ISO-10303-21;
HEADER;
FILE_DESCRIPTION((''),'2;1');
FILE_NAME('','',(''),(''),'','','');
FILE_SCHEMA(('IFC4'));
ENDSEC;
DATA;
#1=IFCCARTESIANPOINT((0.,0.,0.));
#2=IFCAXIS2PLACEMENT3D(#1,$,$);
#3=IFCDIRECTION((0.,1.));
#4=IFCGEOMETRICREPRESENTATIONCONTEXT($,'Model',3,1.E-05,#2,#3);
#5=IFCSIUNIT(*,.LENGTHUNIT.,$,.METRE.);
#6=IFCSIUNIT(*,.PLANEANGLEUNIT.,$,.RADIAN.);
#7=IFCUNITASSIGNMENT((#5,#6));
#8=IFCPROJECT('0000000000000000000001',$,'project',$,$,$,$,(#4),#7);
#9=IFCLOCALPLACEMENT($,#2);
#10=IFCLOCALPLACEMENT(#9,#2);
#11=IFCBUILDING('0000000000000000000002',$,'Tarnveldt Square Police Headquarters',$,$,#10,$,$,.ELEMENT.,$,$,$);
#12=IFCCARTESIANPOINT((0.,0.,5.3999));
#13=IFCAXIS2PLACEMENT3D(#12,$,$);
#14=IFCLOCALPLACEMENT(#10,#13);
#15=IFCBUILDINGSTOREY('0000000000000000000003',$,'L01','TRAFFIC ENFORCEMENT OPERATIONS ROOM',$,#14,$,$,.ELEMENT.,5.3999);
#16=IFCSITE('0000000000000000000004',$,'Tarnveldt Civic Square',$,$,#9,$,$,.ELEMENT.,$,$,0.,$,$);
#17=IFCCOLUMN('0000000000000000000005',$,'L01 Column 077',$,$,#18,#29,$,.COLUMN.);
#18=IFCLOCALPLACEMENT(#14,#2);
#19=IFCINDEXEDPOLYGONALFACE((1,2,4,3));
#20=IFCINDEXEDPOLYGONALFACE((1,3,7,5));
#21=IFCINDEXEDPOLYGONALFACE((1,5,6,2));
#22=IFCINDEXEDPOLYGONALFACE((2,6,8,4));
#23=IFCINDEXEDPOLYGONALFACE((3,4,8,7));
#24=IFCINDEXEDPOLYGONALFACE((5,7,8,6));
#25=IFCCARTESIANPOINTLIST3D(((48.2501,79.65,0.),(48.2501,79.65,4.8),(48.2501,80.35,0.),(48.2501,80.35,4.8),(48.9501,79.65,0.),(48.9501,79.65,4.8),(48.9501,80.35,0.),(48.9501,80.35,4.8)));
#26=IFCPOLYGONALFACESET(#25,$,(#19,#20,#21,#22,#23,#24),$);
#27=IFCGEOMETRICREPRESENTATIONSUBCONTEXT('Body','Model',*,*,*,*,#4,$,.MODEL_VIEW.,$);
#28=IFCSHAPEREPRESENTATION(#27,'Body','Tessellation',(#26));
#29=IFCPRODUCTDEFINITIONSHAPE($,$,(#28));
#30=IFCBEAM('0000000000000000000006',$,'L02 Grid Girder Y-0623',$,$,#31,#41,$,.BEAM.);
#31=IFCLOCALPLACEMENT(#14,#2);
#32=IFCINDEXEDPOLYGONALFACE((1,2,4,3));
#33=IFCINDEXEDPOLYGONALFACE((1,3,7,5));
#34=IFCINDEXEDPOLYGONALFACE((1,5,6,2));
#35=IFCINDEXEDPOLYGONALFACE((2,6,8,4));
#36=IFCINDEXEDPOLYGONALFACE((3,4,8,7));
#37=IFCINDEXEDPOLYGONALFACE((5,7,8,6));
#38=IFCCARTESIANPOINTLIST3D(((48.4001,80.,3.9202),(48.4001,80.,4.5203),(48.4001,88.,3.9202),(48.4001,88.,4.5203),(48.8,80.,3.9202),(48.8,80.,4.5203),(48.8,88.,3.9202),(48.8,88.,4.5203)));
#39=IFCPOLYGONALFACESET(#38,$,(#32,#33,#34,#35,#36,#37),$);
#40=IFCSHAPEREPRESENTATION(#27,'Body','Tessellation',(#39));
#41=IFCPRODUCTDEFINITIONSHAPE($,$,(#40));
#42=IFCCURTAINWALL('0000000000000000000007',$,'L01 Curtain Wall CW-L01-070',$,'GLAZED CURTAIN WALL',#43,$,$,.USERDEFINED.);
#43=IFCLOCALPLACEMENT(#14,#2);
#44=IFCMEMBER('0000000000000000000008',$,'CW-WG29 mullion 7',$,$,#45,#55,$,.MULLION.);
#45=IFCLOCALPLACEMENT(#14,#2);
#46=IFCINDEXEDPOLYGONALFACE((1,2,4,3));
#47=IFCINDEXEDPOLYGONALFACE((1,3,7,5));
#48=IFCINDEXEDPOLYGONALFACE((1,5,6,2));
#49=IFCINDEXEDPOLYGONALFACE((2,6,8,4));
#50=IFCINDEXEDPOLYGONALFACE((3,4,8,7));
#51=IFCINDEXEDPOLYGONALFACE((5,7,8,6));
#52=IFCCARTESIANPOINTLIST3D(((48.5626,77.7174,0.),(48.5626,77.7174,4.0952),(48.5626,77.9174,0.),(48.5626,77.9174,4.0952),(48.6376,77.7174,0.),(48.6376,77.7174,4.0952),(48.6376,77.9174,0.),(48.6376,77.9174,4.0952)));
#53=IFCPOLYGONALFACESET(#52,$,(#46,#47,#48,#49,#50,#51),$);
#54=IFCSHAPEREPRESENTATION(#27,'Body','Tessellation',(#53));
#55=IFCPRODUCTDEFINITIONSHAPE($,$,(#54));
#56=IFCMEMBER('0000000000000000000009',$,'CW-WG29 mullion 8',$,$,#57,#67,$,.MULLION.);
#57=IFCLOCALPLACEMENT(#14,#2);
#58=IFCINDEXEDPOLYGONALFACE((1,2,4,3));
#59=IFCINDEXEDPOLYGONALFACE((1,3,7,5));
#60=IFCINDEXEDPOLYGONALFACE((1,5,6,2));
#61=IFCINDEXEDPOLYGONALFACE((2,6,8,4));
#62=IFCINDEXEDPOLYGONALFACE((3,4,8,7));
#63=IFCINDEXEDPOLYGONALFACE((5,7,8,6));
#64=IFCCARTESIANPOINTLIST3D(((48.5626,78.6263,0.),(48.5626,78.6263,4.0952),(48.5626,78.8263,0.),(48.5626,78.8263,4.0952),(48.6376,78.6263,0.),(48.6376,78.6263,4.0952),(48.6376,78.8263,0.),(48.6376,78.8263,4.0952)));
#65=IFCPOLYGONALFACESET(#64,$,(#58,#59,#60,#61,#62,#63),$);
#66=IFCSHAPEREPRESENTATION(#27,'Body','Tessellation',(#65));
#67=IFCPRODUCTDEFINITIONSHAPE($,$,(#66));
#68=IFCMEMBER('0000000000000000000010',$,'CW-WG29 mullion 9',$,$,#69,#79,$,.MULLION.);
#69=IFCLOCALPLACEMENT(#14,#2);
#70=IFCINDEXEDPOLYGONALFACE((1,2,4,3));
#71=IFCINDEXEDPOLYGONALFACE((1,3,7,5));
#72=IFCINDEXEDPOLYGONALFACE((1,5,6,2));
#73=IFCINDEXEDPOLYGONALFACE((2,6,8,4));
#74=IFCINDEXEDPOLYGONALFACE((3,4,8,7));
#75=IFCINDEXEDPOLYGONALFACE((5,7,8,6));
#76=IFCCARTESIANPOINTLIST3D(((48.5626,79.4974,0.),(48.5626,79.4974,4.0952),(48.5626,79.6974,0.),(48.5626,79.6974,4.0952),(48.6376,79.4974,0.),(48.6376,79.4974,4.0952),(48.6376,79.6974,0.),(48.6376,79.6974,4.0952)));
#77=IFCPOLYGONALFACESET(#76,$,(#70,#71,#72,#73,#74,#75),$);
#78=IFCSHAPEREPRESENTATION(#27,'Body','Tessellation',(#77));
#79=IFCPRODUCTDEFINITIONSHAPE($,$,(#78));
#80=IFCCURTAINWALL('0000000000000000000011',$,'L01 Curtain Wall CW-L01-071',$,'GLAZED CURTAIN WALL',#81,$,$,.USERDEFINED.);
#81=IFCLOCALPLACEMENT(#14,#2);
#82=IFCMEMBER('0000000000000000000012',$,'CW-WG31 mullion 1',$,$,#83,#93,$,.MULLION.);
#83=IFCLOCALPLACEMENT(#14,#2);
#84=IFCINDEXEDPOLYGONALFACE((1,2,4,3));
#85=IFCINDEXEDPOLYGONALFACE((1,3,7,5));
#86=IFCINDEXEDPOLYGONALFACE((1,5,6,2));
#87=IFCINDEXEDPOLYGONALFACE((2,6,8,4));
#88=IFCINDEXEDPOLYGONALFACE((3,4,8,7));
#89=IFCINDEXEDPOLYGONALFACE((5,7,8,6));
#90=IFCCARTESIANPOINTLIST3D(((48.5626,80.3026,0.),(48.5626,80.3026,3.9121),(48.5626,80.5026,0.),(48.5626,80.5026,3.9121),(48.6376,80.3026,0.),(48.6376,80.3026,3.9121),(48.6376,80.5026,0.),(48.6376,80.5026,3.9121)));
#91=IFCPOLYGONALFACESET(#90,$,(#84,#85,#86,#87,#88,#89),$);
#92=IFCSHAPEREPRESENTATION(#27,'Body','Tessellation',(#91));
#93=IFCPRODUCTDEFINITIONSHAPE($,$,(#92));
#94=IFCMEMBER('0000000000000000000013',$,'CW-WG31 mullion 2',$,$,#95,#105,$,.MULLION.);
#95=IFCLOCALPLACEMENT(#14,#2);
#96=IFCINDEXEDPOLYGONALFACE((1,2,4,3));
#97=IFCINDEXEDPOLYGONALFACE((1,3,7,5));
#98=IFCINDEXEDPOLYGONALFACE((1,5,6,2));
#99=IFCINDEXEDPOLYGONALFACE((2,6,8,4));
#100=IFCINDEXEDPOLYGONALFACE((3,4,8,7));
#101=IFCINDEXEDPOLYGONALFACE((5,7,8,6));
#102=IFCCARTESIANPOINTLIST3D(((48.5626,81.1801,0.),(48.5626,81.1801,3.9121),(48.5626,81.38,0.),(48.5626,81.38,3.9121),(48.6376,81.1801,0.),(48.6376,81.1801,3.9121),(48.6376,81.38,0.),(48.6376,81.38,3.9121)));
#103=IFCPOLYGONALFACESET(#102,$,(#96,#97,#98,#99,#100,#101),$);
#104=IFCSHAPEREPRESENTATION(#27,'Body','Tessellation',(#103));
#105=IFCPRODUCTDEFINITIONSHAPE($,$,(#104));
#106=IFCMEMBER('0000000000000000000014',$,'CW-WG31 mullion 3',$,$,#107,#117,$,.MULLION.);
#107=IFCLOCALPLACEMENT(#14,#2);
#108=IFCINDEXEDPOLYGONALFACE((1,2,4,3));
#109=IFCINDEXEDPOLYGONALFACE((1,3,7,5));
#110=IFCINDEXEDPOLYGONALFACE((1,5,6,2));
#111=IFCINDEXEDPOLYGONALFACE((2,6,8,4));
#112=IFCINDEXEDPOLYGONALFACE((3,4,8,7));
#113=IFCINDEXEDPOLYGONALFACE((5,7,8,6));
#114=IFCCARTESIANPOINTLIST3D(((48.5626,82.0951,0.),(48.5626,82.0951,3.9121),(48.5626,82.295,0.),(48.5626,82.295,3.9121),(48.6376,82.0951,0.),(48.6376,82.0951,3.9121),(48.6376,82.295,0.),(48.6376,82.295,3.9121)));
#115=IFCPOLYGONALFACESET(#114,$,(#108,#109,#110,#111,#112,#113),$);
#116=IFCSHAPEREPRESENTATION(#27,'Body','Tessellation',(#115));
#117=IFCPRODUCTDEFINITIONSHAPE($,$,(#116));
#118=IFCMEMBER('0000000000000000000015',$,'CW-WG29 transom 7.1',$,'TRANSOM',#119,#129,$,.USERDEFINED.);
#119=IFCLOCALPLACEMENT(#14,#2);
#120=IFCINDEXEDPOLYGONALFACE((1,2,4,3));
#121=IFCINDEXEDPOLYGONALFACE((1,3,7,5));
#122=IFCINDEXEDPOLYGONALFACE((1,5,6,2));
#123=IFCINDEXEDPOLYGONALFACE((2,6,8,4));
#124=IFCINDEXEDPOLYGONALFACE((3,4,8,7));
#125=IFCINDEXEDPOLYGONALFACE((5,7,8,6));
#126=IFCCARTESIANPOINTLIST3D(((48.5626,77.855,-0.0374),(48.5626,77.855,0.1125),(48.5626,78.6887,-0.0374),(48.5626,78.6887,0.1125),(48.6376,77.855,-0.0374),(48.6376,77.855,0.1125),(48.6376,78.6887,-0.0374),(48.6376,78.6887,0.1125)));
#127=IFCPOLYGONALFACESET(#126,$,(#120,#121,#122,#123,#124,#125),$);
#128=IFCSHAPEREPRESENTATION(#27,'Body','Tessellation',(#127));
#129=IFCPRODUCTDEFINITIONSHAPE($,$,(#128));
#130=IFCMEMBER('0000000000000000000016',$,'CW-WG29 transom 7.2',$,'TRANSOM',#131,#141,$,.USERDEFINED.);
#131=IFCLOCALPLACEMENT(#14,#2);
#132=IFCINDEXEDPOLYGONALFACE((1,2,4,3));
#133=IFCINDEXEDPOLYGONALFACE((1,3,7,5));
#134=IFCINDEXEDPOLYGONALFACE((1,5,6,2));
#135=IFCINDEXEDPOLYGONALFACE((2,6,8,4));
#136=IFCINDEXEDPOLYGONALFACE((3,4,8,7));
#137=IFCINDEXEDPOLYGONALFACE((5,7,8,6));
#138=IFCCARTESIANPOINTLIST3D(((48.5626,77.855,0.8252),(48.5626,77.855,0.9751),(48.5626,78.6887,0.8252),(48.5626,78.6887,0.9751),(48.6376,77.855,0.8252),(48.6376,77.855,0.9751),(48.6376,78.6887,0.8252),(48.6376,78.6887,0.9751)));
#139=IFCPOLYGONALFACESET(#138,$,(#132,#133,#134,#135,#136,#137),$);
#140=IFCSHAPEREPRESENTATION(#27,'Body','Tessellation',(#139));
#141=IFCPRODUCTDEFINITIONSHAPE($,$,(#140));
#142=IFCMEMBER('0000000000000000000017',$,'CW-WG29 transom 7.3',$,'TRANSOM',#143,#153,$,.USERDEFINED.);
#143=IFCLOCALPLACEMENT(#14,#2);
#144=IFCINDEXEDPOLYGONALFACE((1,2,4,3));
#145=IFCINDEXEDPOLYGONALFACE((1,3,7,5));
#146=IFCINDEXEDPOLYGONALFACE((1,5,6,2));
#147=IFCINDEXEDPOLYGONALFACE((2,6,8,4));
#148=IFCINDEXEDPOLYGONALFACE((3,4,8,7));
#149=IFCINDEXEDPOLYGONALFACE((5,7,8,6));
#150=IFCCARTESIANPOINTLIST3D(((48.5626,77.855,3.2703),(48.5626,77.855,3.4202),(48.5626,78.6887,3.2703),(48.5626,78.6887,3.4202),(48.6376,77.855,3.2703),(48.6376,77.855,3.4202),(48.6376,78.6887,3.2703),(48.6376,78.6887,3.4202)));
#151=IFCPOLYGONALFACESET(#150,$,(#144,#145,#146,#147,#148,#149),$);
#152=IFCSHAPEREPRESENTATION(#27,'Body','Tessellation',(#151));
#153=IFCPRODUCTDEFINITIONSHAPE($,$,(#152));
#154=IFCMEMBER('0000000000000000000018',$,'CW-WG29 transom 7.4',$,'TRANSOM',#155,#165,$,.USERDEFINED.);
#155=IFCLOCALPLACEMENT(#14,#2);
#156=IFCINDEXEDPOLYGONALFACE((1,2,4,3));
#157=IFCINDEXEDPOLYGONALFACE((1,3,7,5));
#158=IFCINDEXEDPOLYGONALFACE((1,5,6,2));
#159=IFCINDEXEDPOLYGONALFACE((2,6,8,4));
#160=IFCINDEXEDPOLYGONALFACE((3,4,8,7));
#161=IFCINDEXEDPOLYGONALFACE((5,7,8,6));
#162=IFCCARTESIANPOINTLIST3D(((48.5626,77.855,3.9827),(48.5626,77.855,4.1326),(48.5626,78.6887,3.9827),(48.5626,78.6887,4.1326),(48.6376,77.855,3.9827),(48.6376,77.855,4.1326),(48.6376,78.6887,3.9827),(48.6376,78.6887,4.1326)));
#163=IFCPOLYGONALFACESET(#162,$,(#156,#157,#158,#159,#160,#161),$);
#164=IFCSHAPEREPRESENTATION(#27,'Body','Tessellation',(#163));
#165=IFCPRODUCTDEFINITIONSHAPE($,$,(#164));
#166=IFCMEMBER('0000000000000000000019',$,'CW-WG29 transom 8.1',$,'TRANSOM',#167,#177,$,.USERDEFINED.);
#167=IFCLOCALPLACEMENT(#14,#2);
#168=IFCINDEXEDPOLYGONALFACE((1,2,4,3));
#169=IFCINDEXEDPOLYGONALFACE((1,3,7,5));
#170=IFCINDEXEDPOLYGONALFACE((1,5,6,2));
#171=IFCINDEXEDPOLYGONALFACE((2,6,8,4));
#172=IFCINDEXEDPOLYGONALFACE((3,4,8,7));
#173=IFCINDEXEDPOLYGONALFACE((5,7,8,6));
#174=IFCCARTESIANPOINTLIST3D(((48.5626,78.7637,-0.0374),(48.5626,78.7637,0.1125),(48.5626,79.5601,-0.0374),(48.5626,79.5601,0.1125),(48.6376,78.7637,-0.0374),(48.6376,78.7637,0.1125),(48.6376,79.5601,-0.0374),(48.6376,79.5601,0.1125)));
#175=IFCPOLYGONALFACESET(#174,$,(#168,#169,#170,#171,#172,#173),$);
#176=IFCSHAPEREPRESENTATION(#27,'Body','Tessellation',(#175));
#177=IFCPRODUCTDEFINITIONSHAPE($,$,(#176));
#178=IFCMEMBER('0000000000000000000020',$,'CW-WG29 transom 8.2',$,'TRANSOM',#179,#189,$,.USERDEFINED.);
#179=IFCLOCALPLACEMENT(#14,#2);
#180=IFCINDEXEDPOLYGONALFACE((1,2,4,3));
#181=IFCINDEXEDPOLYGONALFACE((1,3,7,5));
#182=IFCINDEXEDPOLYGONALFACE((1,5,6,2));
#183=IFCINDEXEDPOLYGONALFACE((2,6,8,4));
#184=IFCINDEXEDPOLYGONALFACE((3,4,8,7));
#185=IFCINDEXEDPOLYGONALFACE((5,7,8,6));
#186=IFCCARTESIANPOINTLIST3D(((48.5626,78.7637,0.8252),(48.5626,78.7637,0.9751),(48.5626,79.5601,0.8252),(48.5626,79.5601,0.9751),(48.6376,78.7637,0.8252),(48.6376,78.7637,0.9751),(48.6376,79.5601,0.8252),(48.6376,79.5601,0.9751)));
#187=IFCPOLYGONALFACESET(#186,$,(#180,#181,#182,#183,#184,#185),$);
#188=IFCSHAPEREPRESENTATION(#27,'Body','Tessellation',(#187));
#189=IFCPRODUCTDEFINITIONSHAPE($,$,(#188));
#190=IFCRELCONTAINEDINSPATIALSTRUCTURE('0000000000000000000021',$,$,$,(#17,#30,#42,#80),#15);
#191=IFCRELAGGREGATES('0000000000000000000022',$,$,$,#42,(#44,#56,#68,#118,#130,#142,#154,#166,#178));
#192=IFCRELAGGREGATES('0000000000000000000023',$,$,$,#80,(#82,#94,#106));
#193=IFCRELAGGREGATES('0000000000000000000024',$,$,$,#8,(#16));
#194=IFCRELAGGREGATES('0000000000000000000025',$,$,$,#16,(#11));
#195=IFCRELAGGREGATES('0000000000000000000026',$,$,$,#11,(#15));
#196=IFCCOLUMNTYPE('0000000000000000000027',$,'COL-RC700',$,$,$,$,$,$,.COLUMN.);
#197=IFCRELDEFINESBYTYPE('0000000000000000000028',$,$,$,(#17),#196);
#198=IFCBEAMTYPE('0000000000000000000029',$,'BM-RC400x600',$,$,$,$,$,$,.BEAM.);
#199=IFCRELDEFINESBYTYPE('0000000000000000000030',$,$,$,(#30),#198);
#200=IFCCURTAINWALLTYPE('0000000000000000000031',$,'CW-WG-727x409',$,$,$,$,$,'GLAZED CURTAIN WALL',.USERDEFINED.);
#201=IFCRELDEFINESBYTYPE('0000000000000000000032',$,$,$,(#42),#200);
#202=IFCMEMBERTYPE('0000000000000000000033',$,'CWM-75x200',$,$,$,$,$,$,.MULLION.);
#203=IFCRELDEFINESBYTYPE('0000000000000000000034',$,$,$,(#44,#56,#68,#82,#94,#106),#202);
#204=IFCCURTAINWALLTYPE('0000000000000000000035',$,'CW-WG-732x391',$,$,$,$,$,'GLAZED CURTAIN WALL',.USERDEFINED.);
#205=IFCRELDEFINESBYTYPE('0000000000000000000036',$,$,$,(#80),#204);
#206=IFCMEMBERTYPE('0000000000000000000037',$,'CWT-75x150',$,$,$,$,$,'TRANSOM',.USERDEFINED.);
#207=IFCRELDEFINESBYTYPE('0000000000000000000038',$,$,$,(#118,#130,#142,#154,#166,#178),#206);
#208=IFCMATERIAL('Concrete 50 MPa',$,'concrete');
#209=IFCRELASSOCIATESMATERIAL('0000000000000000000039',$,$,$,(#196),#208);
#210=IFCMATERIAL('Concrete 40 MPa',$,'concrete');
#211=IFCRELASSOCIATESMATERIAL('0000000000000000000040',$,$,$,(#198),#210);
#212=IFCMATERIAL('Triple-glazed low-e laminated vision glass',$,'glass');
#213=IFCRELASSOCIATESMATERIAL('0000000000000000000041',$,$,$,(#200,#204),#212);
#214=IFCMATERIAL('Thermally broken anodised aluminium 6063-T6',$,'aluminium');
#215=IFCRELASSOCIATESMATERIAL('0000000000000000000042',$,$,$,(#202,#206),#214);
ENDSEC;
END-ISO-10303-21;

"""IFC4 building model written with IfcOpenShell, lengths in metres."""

from ifc_helpers import new_model, si_unit, direction, frame, origin, origin_2d, place, context, subcontext, project, spatial, rectangle, extrude, material, material_profile, profile_set, type_object, element, aggregate, save


model = new_model("IFC4")

# Units and contexts
model_context = context("Model", 3, precision=1e-05, world=origin(), true_north=direction((0.0, 1.0)))
body_context = subcontext(model_context, "Body", "Model", "MODEL_VIEW")
ifc_project = project(units=[si_unit("LENGTHUNIT", "METRE"), si_unit("PLANEANGLEUNIT", "RADIAN")], contexts=[model_context])

# Site, building, storey
site_placement = place(None, origin())
site = spatial("IfcSite", under=ifc_project, at=site_placement, Name="Tarnveldt Civic Square", CompositionType="ELEMENT", RefElevation=0.0)
building_placement = place(site_placement, origin())
building = spatial("IfcBuilding", under=site, at=building_placement, Name="Tarnveldt Square Police Headquarters", CompositionType="ELEMENT")
storey_placement = place(building_placement, frame((0.0, 0.0, 5.3999)))
storey = spatial("IfcBuildingStorey", under=building, at=storey_placement, Name="L01", Description="TRAFFIC ENFORCEMENT OPERATIONS ROOM", CompositionType="ELEMENT", Elevation=5.3999)

# Column
ifc_material_1 = material(Name="Concrete 50 MPa", Category="concrete")
ifc_material_profile_1 = material_profile(ifc_material_1, rectangle(XDim=0.7, YDim=0.7, at=origin_2d()), Name="RC-C700x700")
ifc_profile_set_1 = profile_set([ifc_material_profile_1], Name="Concrete 50 MPa")
column_type = type_object("IfcColumnType", Name="COL-RC700", PredefinedType="COLUMN", material=ifc_profile_set_1)
column_placement = place(storey_placement, frame((48.6001, 80.0, 0.0), z_axis=(0.0, 0.0, 1.0), x_axis=(1.0, 0.0, 0.0)))
element("IfcColumn", 1, at=column_placement, inside=storey, type_object=column_type, Name="L01 Column 077", PredefinedType="COLUMN", context=body_context, shape_type="SweptSolid", body=[
    extrude(rectangle(XDim=0.7, YDim=0.7, at=origin_2d()), origin(), (0.0, 0.0, 1.0), 4.8),
])

# Beam
ifc_material_2 = material(Name="Concrete 40 MPa", Category="concrete")
ifc_material_profile_2 = material_profile(ifc_material_2, rectangle(XDim=0.3999, YDim=0.6001, at=origin_2d()), Name="RC-B400x600")
ifc_profile_set_2 = profile_set([ifc_material_profile_2], Name="Concrete 40 MPa")
beam_type = type_object("IfcBeamType", Name="BM-RC400x600", PredefinedType="BEAM", material=ifc_profile_set_2)
beam_placement = place(storey_placement, frame((48.6001, 80.0, 4.2202), z_axis=(0.0, 1.0, 0.0), x_axis=(-1.0, 0.0, 0.0)))
element("IfcBeam", 2, at=beam_placement, inside=storey, type_object=beam_type, Name="L02 Grid Girder Y-0623", PredefinedType="BEAM", context=body_context, shape_type="SweptSolid", body=[
    extrude(rectangle(XDim=0.3999, YDim=0.6001, at=origin_2d()), origin(), (0.0, 0.0, 1.0), 8.0),
])

# Curtain walls, members
ifc_material_3 = material(Name="Triple-glazed low-e laminated vision glass", Category="glass")
curtain_wall_type_1 = type_object("IfcCurtainWallType", Name="CW-WG-727x409", ElementType="GLAZED CURTAIN WALL", PredefinedType="USERDEFINED", material=ifc_material_3)
curtain_wall_1_placement = place(storey_placement, origin())
curtain_wall_1 = element("IfcCurtainWall", 3, at=curtain_wall_1_placement, inside=storey, type_object=curtain_wall_type_1, Name="L01 Curtain Wall CW-L01-070", ObjectType="GLAZED CURTAIN WALL", PredefinedType="USERDEFINED")
ifc_material_4 = material(Name="Thermally broken anodised aluminium 6063-T6", Category="aluminium")
ifc_material_profile_3 = material_profile(ifc_material_4, rectangle(XDim=0.075, YDim=0.2, at=origin_2d()), Name="CW-M75x200")
ifc_profile_set_3 = profile_set([ifc_material_profile_3], Name="Thermally broken anodised aluminium 6063-T6")
member_type_1 = type_object("IfcMemberType", Name="CWM-75x200", PredefinedType="MULLION", material=ifc_profile_set_3)
member_1_placement = place(storey_placement, frame((48.6001, 77.8174, 0.0), z_axis=(0.0, 0.0, 1.0), x_axis=(-1.0, 0.0, 0.0)))
member_1 = element("IfcMember", 4, at=member_1_placement, type_object=member_type_1, Name="CW-WG29 mullion 7", PredefinedType="MULLION", context=body_context, shape_type="SweptSolid", body=[
    extrude(rectangle(XDim=0.075, YDim=0.2, at=origin_2d()), origin(), (0.0, 0.0, 1.0), 4.0952),
])
member_2_placement = place(storey_placement, frame((48.6001, 78.7263, 0.0), z_axis=(0.0, 0.0, 1.0), x_axis=(-1.0, 0.0, 0.0)))
member_2 = element("IfcMember", 5, at=member_2_placement, type_object=member_type_1, Name="CW-WG29 mullion 8", PredefinedType="MULLION", context=body_context, shape_type="SweptSolid", body=[
    extrude(rectangle(XDim=0.075, YDim=0.2, at=origin_2d()), origin(), (0.0, 0.0, 1.0), 4.0952),
])
member_3_placement = place(storey_placement, frame((48.6001, 79.5974, 0.0), z_axis=(0.0, 0.0, 1.0), x_axis=(-1.0, 0.0, 0.0)))
member_3 = element("IfcMember", 6, at=member_3_placement, type_object=member_type_1, Name="CW-WG29 mullion 9", PredefinedType="MULLION", context=body_context, shape_type="SweptSolid", body=[
    extrude(rectangle(XDim=0.075, YDim=0.2, at=origin_2d()), origin(), (0.0, 0.0, 1.0), 4.0952),
])
curtain_wall_type_2 = type_object("IfcCurtainWallType", Name="CW-WG-732x391", ElementType="GLAZED CURTAIN WALL", PredefinedType="USERDEFINED", material=ifc_material_3)
curtain_wall_2_placement = place(storey_placement, origin())
curtain_wall_2 = element("IfcCurtainWall", 7, at=curtain_wall_2_placement, inside=storey, type_object=curtain_wall_type_2, Name="L01 Curtain Wall CW-L01-071", ObjectType="GLAZED CURTAIN WALL", PredefinedType="USERDEFINED")
member_4_placement = place(storey_placement, frame((48.6001, 80.4026, 0.0), z_axis=(0.0, 0.0, 1.0), x_axis=(-1.0, 0.0, 0.0)))
member_4 = element("IfcMember", 8, at=member_4_placement, type_object=member_type_1, Name="CW-WG31 mullion 1", PredefinedType="MULLION", context=body_context, shape_type="SweptSolid", body=[
    extrude(rectangle(XDim=0.075, YDim=0.2, at=origin_2d()), origin(), (0.0, 0.0, 1.0), 3.9121),
])
member_5_placement = place(storey_placement, frame((48.6001, 81.28, 0.0), z_axis=(0.0, 0.0, 1.0), x_axis=(-1.0, 0.0, 0.0)))
member_5 = element("IfcMember", 9, at=member_5_placement, type_object=member_type_1, Name="CW-WG31 mullion 2", PredefinedType="MULLION", context=body_context, shape_type="SweptSolid", body=[
    extrude(rectangle(XDim=0.075, YDim=0.2, at=origin_2d()), origin(), (0.0, 0.0, 1.0), 3.9121),
])
member_6_placement = place(storey_placement, frame((48.6001, 82.1951, 0.0), z_axis=(0.0, 0.0, 1.0), x_axis=(-1.0, 0.0, 0.0)))
member_6 = element("IfcMember", 10, at=member_6_placement, type_object=member_type_1, Name="CW-WG31 mullion 3", PredefinedType="MULLION", context=body_context, shape_type="SweptSolid", body=[
    extrude(rectangle(XDim=0.075, YDim=0.2, at=origin_2d()), origin(), (0.0, 0.0, 1.0), 3.9121),
])

# Members
ifc_material_profile_4 = material_profile(ifc_material_4, rectangle(XDim=0.075, YDim=0.1499, at=origin_2d()), Name="CW-T75x150")
ifc_profile_set_4 = profile_set([ifc_material_profile_4], Name="Thermally broken anodised aluminium 6063-T6")
member_type_2 = type_object("IfcMemberType", Name="CWT-75x150", ElementType="TRANSOM", PredefinedType="USERDEFINED", material=ifc_profile_set_4)
member_7_placement = place(storey_placement, frame((48.6001, 77.855, 0.0376), z_axis=(0.0, 1.0, 0.0), x_axis=(-1.0, 0.0, 0.0)))
member_7 = element("IfcMember", 11, at=member_7_placement, type_object=member_type_2, Name="CW-WG29 transom 7.1", ObjectType="TRANSOM", PredefinedType="USERDEFINED", context=body_context, shape_type="SweptSolid", body=[
    extrude(rectangle(XDim=0.075, YDim=0.1499, at=origin_2d()), origin(), (0.0, 0.0, 1.0), 0.8337),
])
member_8_placement = place(storey_placement, frame((48.6001, 77.855, 0.9001), z_axis=(0.0, 1.0, 0.0), x_axis=(-1.0, 0.0, 0.0)))
member_8 = element("IfcMember", 12, at=member_8_placement, type_object=member_type_2, Name="CW-WG29 transom 7.2", ObjectType="TRANSOM", PredefinedType="USERDEFINED", context=body_context, shape_type="SweptSolid", body=[
    extrude(rectangle(XDim=0.075, YDim=0.1499, at=origin_2d()), origin(), (0.0, 0.0, 1.0), 0.8337),
])
member_9_placement = place(storey_placement, frame((48.6001, 77.855, 3.3452), z_axis=(0.0, 1.0, 0.0), x_axis=(-1.0, 0.0, 0.0)))
member_9 = element("IfcMember", 13, at=member_9_placement, type_object=member_type_2, Name="CW-WG29 transom 7.3", ObjectType="TRANSOM", PredefinedType="USERDEFINED", context=body_context, shape_type="SweptSolid", body=[
    extrude(rectangle(XDim=0.075, YDim=0.1499, at=origin_2d()), origin(), (0.0, 0.0, 1.0), 0.8337),
])
member_10_placement = place(storey_placement, frame((48.6001, 77.855, 4.0576), z_axis=(0.0, 1.0, 0.0), x_axis=(-1.0, 0.0, 0.0)))
member_10 = element("IfcMember", 14, at=member_10_placement, type_object=member_type_2, Name="CW-WG29 transom 7.4", ObjectType="TRANSOM", PredefinedType="USERDEFINED", context=body_context, shape_type="SweptSolid", body=[
    extrude(rectangle(XDim=0.075, YDim=0.1499, at=origin_2d()), origin(), (0.0, 0.0, 1.0), 0.8337),
])
member_11_placement = place(storey_placement, frame((48.6001, 78.7637, 0.0376), z_axis=(0.0, 1.0, 0.0), x_axis=(-1.0, 0.0, 0.0)))
member_11 = element("IfcMember", 15, at=member_11_placement, type_object=member_type_2, Name="CW-WG29 transom 8.1", ObjectType="TRANSOM", PredefinedType="USERDEFINED", context=body_context, shape_type="SweptSolid", body=[
    extrude(rectangle(XDim=0.075, YDim=0.1499, at=origin_2d()), origin(), (0.0, 0.0, 1.0), 0.7964),
])
member_12_placement = place(storey_placement, frame((48.6001, 78.7637, 0.9001), z_axis=(0.0, 1.0, 0.0), x_axis=(-1.0, 0.0, 0.0)))
member_12 = element("IfcMember", 16, at=member_12_placement, type_object=member_type_2, Name="CW-WG29 transom 8.2", ObjectType="TRANSOM", PredefinedType="USERDEFINED", context=body_context, shape_type="SweptSolid", body=[
    extrude(rectangle(XDim=0.075, YDim=0.1499, at=origin_2d()), origin(), (0.0, 0.0, 1.0), 0.7964),
])

aggregate(curtain_wall_1, [member_1, member_2, member_3, member_7, member_8, member_9, member_10, member_11, member_12])
aggregate(curtain_wall_2, [member_4, member_5, member_6])

save(model, "model.ifc")
